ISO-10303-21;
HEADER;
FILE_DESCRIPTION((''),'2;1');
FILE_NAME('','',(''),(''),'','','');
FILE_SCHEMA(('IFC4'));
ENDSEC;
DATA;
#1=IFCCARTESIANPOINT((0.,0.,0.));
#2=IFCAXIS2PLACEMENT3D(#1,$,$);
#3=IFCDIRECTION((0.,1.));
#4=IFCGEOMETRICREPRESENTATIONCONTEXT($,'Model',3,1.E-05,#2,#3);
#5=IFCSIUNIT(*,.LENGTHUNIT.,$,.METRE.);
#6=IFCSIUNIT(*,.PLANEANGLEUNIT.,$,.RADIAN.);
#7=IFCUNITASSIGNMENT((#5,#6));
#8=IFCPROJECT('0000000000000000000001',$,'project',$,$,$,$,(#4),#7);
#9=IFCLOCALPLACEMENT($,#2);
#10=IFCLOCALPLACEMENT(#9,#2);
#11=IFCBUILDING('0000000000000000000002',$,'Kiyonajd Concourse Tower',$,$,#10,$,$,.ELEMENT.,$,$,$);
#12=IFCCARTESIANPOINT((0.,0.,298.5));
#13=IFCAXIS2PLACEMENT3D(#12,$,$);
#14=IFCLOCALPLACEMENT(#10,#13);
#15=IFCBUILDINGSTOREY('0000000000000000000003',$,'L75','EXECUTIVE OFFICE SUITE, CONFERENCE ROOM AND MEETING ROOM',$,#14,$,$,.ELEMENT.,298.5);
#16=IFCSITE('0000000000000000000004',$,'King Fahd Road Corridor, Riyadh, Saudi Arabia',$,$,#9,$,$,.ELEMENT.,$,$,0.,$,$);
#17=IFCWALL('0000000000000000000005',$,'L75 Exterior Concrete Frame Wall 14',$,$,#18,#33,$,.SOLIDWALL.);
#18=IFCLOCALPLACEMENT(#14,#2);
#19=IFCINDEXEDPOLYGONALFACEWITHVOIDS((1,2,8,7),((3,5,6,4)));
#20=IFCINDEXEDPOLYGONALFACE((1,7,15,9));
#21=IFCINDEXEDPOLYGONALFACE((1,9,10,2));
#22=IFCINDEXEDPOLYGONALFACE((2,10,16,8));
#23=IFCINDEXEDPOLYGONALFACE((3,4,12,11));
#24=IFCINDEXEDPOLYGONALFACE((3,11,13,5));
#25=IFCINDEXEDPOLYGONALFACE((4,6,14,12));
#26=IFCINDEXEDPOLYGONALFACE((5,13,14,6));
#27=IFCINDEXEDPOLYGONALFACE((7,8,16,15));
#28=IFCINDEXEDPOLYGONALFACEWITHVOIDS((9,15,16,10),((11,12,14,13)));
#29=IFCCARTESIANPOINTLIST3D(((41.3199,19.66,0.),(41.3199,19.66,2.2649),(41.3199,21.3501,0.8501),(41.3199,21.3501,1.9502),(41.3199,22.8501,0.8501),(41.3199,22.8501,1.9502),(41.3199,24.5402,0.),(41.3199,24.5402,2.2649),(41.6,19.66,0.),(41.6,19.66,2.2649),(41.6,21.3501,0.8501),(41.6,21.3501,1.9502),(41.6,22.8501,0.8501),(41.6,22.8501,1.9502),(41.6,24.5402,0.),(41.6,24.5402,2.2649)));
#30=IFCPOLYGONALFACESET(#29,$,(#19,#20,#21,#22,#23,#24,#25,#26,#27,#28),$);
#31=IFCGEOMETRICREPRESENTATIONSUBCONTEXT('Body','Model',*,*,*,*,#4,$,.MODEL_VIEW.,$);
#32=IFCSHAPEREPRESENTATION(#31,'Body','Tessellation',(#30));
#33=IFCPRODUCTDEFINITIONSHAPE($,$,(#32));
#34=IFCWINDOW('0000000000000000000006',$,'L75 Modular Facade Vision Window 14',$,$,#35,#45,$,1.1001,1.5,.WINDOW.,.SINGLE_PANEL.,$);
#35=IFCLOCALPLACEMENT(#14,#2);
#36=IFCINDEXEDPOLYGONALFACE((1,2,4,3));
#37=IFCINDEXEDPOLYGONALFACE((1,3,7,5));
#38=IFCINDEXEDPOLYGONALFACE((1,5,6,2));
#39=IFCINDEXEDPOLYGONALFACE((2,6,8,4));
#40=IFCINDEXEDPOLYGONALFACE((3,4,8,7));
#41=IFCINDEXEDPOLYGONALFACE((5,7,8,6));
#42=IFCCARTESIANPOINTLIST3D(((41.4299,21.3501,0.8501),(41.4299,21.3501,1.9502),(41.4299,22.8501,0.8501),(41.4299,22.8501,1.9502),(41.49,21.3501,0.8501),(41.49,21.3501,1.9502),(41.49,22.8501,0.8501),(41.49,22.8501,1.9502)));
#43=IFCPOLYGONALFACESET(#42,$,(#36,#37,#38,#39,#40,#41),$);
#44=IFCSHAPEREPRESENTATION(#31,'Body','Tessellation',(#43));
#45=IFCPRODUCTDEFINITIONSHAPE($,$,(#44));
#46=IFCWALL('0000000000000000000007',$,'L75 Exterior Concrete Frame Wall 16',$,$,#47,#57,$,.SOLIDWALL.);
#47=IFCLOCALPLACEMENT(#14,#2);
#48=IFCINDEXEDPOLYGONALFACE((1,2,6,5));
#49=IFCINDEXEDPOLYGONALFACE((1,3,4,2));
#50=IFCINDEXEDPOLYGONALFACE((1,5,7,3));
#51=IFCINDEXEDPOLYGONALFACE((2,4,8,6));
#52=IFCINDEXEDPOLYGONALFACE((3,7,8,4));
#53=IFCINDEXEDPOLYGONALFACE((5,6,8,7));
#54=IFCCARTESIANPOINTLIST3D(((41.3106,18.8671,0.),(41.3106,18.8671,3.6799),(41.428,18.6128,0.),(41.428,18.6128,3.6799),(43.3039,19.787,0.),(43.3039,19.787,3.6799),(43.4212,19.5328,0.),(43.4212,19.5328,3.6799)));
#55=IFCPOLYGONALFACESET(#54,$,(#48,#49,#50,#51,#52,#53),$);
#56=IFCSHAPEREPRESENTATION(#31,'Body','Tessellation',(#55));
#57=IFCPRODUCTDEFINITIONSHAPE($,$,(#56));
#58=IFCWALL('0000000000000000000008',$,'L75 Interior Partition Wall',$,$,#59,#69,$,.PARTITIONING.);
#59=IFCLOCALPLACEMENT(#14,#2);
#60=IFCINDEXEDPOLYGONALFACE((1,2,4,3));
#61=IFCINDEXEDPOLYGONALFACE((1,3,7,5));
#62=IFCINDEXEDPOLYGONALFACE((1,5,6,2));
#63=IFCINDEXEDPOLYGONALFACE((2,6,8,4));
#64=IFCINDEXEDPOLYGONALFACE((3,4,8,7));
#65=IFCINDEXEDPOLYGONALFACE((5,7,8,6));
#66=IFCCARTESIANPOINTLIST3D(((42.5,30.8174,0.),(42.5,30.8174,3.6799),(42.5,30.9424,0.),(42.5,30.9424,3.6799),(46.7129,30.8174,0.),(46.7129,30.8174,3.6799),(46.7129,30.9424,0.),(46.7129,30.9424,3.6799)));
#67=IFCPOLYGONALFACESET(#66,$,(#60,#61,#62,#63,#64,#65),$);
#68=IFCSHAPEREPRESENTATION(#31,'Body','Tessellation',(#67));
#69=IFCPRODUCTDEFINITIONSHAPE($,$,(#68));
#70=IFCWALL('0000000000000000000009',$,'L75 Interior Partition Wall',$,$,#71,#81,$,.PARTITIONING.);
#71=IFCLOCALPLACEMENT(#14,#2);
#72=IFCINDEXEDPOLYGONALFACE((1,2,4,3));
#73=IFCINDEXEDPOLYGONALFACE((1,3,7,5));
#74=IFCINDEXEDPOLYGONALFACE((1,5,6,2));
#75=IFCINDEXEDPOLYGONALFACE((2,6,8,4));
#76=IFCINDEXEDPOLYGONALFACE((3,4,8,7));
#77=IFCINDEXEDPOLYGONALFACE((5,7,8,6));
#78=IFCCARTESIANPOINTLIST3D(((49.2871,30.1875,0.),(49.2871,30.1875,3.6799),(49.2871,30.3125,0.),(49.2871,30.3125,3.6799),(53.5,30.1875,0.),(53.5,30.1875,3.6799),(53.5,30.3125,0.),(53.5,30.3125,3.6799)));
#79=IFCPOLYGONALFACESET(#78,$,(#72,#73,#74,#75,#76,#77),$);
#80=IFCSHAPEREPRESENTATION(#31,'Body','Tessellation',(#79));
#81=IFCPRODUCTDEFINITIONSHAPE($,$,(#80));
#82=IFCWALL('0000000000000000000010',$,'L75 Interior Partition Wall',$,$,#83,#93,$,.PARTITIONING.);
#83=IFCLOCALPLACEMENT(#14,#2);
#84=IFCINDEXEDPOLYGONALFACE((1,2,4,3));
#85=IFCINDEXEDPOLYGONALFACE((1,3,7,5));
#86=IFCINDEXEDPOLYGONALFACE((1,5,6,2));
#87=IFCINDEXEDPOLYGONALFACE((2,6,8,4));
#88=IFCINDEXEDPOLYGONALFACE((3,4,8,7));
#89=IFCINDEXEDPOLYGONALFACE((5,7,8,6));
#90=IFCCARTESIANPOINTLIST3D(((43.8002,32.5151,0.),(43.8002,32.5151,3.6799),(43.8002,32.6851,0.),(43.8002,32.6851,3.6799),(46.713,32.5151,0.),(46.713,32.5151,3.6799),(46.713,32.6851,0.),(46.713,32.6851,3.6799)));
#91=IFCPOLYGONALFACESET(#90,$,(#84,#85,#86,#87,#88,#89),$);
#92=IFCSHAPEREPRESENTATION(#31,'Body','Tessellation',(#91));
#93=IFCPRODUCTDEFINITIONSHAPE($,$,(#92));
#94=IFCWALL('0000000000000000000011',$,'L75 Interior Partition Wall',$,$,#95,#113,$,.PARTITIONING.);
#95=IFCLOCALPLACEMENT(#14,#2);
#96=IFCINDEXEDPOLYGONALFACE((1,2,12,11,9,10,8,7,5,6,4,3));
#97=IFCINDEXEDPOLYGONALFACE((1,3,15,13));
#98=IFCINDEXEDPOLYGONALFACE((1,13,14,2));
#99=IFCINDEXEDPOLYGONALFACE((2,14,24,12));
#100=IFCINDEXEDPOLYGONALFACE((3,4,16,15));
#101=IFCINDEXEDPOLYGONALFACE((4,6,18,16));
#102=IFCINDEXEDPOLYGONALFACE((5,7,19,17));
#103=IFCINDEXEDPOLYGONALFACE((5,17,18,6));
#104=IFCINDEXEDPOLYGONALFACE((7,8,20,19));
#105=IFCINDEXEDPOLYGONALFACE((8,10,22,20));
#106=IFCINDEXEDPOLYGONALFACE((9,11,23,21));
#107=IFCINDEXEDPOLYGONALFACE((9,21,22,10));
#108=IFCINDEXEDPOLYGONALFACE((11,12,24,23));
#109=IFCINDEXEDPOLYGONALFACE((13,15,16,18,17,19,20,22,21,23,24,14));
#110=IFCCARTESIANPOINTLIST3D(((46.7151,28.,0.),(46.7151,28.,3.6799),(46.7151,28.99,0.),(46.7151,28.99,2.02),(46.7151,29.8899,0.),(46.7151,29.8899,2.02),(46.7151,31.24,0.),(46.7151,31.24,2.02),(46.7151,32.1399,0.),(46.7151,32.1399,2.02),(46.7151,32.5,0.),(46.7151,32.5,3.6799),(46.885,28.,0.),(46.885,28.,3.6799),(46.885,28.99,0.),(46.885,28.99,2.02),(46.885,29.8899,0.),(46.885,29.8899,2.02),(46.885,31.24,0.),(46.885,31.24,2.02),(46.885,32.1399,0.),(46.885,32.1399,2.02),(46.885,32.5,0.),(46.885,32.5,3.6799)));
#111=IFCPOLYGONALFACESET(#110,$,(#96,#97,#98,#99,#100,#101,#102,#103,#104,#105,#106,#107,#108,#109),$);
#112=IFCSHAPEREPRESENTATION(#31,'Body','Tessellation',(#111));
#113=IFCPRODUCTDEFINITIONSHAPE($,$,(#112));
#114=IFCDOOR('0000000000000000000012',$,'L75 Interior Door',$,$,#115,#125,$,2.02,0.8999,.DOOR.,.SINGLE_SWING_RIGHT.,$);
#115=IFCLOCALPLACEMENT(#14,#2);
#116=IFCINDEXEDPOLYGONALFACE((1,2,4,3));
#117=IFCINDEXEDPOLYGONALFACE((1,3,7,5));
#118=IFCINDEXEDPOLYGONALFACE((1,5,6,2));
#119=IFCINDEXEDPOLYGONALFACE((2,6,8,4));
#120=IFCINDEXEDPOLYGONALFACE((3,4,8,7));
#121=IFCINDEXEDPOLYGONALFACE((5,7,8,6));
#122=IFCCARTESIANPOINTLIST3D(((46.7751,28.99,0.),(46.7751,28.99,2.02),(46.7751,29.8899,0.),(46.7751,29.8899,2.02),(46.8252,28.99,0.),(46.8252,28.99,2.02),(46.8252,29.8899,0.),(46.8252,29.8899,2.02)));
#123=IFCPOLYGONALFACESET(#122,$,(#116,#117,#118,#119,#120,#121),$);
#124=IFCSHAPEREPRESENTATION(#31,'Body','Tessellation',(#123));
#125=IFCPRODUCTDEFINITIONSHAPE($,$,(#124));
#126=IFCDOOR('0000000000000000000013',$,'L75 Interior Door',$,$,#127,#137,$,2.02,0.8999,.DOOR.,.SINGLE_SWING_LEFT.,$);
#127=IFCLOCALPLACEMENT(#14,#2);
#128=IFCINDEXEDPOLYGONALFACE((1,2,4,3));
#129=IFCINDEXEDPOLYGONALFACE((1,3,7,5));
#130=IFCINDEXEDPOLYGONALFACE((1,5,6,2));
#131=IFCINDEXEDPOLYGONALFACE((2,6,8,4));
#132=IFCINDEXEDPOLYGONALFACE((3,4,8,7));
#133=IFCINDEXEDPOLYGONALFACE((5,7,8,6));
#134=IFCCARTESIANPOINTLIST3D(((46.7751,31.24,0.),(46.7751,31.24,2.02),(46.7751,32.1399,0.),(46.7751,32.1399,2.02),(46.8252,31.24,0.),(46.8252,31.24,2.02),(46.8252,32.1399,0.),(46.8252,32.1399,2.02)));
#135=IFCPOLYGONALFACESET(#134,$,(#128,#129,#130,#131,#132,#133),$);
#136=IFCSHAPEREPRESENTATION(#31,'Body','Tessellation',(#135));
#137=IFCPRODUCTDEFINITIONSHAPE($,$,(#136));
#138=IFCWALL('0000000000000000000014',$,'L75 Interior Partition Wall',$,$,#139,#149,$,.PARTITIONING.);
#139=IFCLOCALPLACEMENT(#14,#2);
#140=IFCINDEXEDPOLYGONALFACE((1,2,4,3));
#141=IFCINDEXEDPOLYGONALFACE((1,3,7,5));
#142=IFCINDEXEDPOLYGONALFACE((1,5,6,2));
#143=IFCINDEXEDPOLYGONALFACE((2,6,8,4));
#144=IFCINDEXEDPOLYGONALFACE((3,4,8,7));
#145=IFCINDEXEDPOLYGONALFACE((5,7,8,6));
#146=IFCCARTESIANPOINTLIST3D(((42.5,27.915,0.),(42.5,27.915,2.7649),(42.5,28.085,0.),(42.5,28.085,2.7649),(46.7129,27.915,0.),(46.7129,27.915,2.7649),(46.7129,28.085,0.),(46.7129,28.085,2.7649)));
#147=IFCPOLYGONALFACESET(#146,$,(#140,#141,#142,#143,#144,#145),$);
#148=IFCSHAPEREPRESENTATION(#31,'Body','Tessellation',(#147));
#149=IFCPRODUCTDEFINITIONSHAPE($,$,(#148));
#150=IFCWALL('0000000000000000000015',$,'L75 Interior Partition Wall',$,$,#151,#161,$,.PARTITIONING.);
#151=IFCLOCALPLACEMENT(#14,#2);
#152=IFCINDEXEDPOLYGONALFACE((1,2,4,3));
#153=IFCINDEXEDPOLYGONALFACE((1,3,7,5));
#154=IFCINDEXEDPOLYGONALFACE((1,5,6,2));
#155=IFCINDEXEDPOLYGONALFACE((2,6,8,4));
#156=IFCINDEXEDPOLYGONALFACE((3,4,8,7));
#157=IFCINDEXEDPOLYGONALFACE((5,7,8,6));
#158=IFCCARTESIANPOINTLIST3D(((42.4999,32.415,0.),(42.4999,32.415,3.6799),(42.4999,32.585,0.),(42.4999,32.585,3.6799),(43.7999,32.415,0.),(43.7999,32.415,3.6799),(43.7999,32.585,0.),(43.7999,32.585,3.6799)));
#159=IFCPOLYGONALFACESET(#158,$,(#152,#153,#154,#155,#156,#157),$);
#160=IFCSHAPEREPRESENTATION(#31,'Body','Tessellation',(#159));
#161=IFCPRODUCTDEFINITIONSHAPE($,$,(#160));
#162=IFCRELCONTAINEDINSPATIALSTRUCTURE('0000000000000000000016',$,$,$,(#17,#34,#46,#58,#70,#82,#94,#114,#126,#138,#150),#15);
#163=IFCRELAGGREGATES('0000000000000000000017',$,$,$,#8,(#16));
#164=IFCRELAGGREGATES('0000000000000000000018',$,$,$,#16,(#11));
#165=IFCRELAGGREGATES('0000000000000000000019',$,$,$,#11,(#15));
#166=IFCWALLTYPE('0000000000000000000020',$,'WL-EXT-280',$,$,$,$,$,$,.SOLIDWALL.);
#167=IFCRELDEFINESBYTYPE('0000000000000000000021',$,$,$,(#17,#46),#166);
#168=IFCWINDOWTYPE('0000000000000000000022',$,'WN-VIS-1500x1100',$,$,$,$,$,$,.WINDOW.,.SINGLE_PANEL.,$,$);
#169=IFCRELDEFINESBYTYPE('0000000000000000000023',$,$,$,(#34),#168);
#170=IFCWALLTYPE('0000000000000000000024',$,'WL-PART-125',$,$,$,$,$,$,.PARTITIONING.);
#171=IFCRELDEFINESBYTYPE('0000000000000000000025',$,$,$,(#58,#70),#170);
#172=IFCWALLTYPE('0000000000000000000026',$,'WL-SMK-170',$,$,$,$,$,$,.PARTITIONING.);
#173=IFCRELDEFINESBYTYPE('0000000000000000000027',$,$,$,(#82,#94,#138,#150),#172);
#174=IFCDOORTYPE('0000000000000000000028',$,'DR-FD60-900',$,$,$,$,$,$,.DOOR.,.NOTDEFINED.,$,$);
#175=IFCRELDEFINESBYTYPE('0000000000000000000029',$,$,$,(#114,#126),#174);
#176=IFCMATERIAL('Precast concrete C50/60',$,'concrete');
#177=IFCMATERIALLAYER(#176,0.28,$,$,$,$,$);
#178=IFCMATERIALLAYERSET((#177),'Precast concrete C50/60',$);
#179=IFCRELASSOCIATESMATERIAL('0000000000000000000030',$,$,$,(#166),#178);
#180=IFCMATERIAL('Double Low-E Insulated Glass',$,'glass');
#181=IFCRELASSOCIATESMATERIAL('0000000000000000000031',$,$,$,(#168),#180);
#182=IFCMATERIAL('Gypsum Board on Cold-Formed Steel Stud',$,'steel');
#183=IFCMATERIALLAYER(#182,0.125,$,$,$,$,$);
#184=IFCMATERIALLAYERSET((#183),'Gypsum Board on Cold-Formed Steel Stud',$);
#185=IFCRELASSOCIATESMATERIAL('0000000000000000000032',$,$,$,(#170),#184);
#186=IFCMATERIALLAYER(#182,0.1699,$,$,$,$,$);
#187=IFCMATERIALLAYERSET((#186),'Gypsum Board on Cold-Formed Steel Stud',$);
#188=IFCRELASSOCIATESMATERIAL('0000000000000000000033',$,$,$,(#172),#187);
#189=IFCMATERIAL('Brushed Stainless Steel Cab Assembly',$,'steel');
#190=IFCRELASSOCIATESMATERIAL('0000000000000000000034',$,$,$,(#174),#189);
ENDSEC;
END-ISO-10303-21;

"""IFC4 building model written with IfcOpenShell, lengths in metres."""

from ifc_helpers import new_model, si_unit, direction, frame, frame_2d, origin, place, context, subcontext, project, spatial, rectangle, extrude, material, layer, layer_set, type_object, element, fill, save


model = new_model("IFC4")

# Units and contexts
model_context = context("Model", 3, precision=1e-05, world=origin(), true_north=direction((0.0, 1.0)))
body_context = subcontext(model_context, "Body", "Model", "MODEL_VIEW")
ifc_project = project(units=[si_unit("LENGTHUNIT", "METRE"), si_unit("PLANEANGLEUNIT", "RADIAN")], contexts=[model_context])

# Site, building, storey
site_placement = place(None, origin())
site = spatial("IfcSite", under=ifc_project, at=site_placement, Name="King Fahd Road Corridor, Riyadh, Saudi Arabia", CompositionType="ELEMENT", RefElevation=0.0)
building_placement = place(site_placement, origin())
building = spatial("IfcBuilding", under=site, at=building_placement, Name="Kiyonajd Concourse Tower", CompositionType="ELEMENT")
storey_placement = place(building_placement, frame((0.0, 0.0, 298.5)))
storey = spatial("IfcBuildingStorey", under=building, at=storey_placement, Name="L75", Description="EXECUTIVE OFFICE SUITE, CONFERENCE ROOM AND MEETING ROOM", CompositionType="ELEMENT", Elevation=298.5)

# Wall, opening, window
ifc_material_1 = material(Name="Precast concrete C50/60", Category="concrete")
ifc_layer_1 = layer(ifc_material_1, 0.28)
ifc_layer_set_1 = layer_set([ifc_layer_1], Name="Precast concrete C50/60")
wall_type_1 = type_object("IfcWallType", Name="WL-EXT-280", PredefinedType="SOLIDWALL", material=ifc_layer_set_1)
wall_1_placement = place(storey_placement, frame((41.46, 24.54, 0.0), z_axis=(0.0, 0.0, 1.0), x_axis=(0.0, -1.0, 0.0)))
wall_1 = element("IfcWall", 1, at=wall_1_placement, inside=storey, type_object=wall_type_1, Name="L75 Exterior Concrete Frame Wall 14", PredefinedType="SOLIDWALL", context=body_context, shape_type="SweptSolid", body=[
    extrude(rectangle(XDim=4.8801, YDim=0.28, at=frame_2d((2.4399, 0.0))), origin(), (0.0, 0.0, 1.0), 2.2649),
])
opening_1_placement = place(wall_1_placement, frame((1.6899, 0.0, 0.8501)))
opening_1 = element("IfcOpeningElement", 2, at=opening_1_placement, cuts=wall_1, PredefinedType="OPENING", context=body_context, shape_type="SweptSolid", body=[
    extrude(rectangle(XDim=1.5, YDim=1.1001, at=frame_2d((0.75, 0.55))), frame((0.0, 0.1499, 0.0), z_axis=(0.0, -1.0, 0.0), x_axis=(1.0, 0.0, 0.0)), (0.0, 0.0, 1.0), 0.3),
])
ifc_material_2 = material(Name="Double Low-E Insulated Glass", Category="glass")
window_type = type_object("IfcWindowType", Name="WN-VIS-1500x1100", PartitioningType="SINGLE_PANEL", PredefinedType="WINDOW", material=ifc_material_2)
window_placement = place(opening_1_placement, origin())
window = element("IfcWindow", 3, at=window_placement, inside=storey, type_object=window_type, Name="L75 Modular Facade Vision Window 14", OverallHeight=1.1001, OverallWidth=1.5, PartitioningType="SINGLE_PANEL", PredefinedType="WINDOW", context=body_context, shape_type="SweptSolid", body=[
    extrude(rectangle(XDim=1.5, YDim=1.1001, at=frame_2d((0.75, 0.55))), frame((0.0, 0.03, 0.0), z_axis=(0.0, -1.0, 0.0), x_axis=(1.0, 0.0, 0.0)), (0.0, 0.0, 1.0), 0.0601),
])
fill(opening_1, window)

# Walls
wall_2_placement = place(storey_placement, frame((43.3625, 19.6599, 0.0), z_axis=(0.0, 0.0, 1.0), x_axis=(-0.907959, -0.419058, 0.0)))
element("IfcWall", 4, at=wall_2_placement, inside=storey, type_object=wall_type_1, Name="L75 Exterior Concrete Frame Wall 16", PredefinedType="SOLIDWALL", context=body_context, shape_type="SweptSolid", body=[
    extrude(rectangle(XDim=2.1953, YDim=0.28, at=frame_2d((1.0977, 0.0))), origin(), (0.0, 0.0, 1.0), 3.6799),
])
ifc_material_3 = material(Name="Gypsum Board on Cold-Formed Steel Stud", Category="steel")
ifc_layer_2 = layer(ifc_material_3, 0.125)
ifc_layer_set_2 = layer_set([ifc_layer_2], Name="Gypsum Board on Cold-Formed Steel Stud")
wall_type_2 = type_object("IfcWallType", Name="WL-PART-125", PredefinedType="PARTITIONING", material=ifc_layer_set_2)
for number, where, z_axis, x_axis, name in (
    (5, (42.5, 30.8799, 0.0), (0.0, 0.0, 1.0), (1.0, 0.0, 0.0), "L75 Interior Partition Wall"),
    (6, (49.2871, 30.25, 0.0), (0.0, 0.0, 1.0), (1.0, 0.0, 0.0), "L75 Interior Partition Wall"),
):
    element("IfcWall", number, at=place(storey_placement, frame(where, z_axis=z_axis, x_axis=x_axis)), inside=storey, type_object=wall_type_2, Name=name, PredefinedType="PARTITIONING", context=body_context, shape_type="SweptSolid", body=[
        extrude(rectangle(XDim=4.2129, YDim=0.125, at=frame_2d((2.1064, 0.0))), origin(), (0.0, 0.0, 1.0), 3.6799),
    ])
ifc_layer_3 = layer(ifc_material_3, 0.1699)
ifc_layer_set_3 = layer_set([ifc_layer_3], Name="Gypsum Board on Cold-Formed Steel Stud")
wall_type_3 = type_object("IfcWallType", Name="WL-SMK-170", PredefinedType="PARTITIONING", material=ifc_layer_set_3)
wall_3_placement = place(storey_placement, frame((43.8, 32.6001, 0.0), z_axis=(0.0, 0.0, 1.0), x_axis=(1.0, 0.0, 0.0)))
element("IfcWall", 7, at=wall_3_placement, inside=storey, type_object=wall_type_3, Name="L75 Interior Partition Wall", PredefinedType="PARTITIONING", context=body_context, shape_type="SweptSolid", body=[
    extrude(rectangle(XDim=2.9128, YDim=0.1699, at=frame_2d((1.4565, 0.0))), origin(), (0.0, 0.0, 1.0), 3.6799),
])

# Wall, openings, doors
wall_4_placement = place(storey_placement, frame((46.8, 28.0, 0.0), z_axis=(0.0, 0.0, 1.0), x_axis=(0.0, 1.0, 0.0)))
wall_4 = element("IfcWall", 8, at=wall_4_placement, inside=storey, type_object=wall_type_3, Name="L75 Interior Partition Wall", PredefinedType="PARTITIONING", context=body_context, shape_type="SweptSolid", body=[
    extrude(rectangle(XDim=4.5, YDim=0.1699, at=frame_2d((2.25, 0.0))), origin(), (0.0, 0.0, 1.0), 3.6799),
])
opening_2_placement = place(wall_4_placement, frame((0.99, 0.0, 0.0)))
opening_2 = element("IfcOpeningElement", 9, at=opening_2_placement, cuts=wall_4, PredefinedType="OPENING", context=body_context, shape_type="SweptSolid", body=[
    extrude(rectangle(XDim=0.8999, YDim=2.02, at=frame_2d((0.45, 1.01))), frame((0.0, 0.095, 0.0), z_axis=(0.0, -1.0, 0.0), x_axis=(1.0, 0.0, 0.0)), (0.0, 0.0, 1.0), 0.1899),
])
opening_3_placement = place(wall_4_placement, frame((3.24, 0.0, 0.0)))
opening_3 = element("IfcOpeningElement", 10, at=opening_3_placement, cuts=wall_4, PredefinedType="OPENING", context=body_context, shape_type="SweptSolid", body=[
    extrude(rectangle(XDim=0.8999, YDim=2.02, at=frame_2d((0.45, 1.01))), frame((0.0, 0.095, 0.0), z_axis=(0.0, -1.0, 0.0), x_axis=(1.0, 0.0, 0.0)), (0.0, 0.0, 1.0), 0.1899),
])
ifc_material_4 = material(Name="Brushed Stainless Steel Cab Assembly", Category="steel")
door_type_1 = type_object("IfcDoorType", Name="DR-FD60-900", OperationType="NOTDEFINED", PredefinedType="DOOR", material=ifc_material_4)
door_1_placement = place(opening_2_placement, origin())
door_1 = element("IfcDoor", 11, at=door_1_placement, inside=storey, type_object=door_type_1, Name="L75 Interior Door", OperationType="SINGLE_SWING_RIGHT", OverallHeight=2.02, OverallWidth=0.8999, PredefinedType="DOOR", context=body_context, shape_type="SweptSolid", body=[
    extrude(rectangle(XDim=0.8999, YDim=2.02, at=frame_2d((0.45, 1.01))), frame((0.0, 0.0249, 0.0), z_axis=(0.0, -1.0, 0.0), x_axis=(1.0, 0.0, 0.0)), (0.0, 0.0, 1.0), 0.05),
])
fill(opening_2, door_1)
door_2_placement = place(opening_3_placement, origin())
door_2 = element("IfcDoor", 12, at=door_2_placement, inside=storey, type_object=door_type_1, Name="L75 Interior Door", OperationType="SINGLE_SWING_LEFT", OverallHeight=2.02, OverallWidth=0.8999, PredefinedType="DOOR", context=body_context, shape_type="SweptSolid", body=[
    extrude(rectangle(XDim=0.8999, YDim=2.02, at=frame_2d((0.45, 1.01))), frame((0.0, 0.0249, 0.0), z_axis=(0.0, -1.0, 0.0), x_axis=(1.0, 0.0, 0.0)), (0.0, 0.0, 1.0), 0.05),
])
fill(opening_3, door_2)

# Walls
wall_5_placement = place(storey_placement, frame((42.5, 28.0, 0.0), z_axis=(0.0, 0.0, 1.0), x_axis=(1.0, 0.0, 0.0)))
element("IfcWall", 13, at=wall_5_placement, inside=storey, type_object=wall_type_3, Name="L75 Interior Partition Wall", PredefinedType="PARTITIONING", context=body_context, shape_type="SweptSolid", body=[
    extrude(rectangle(XDim=4.2129, YDim=0.1699, at=frame_2d((2.1064, 0.0))), origin(), (0.0, 0.0, 1.0), 2.7649),
])
wall_6_placement = place(storey_placement, frame((42.5, 32.5, 0.0), z_axis=(0.0, 0.0, 1.0), x_axis=(1.0, 0.0, 0.0)))
element("IfcWall", 14, at=wall_6_placement, inside=storey, type_object=wall_type_3, Name="L75 Interior Partition Wall", PredefinedType="PARTITIONING", context=body_context, shape_type="SweptSolid", body=[
    extrude(rectangle(XDim=1.3, YDim=0.1699, at=frame_2d((0.6499, 0.0))), origin(), (0.0, 0.0, 1.0), 3.6799),
])

save(model, "model.ifc")
